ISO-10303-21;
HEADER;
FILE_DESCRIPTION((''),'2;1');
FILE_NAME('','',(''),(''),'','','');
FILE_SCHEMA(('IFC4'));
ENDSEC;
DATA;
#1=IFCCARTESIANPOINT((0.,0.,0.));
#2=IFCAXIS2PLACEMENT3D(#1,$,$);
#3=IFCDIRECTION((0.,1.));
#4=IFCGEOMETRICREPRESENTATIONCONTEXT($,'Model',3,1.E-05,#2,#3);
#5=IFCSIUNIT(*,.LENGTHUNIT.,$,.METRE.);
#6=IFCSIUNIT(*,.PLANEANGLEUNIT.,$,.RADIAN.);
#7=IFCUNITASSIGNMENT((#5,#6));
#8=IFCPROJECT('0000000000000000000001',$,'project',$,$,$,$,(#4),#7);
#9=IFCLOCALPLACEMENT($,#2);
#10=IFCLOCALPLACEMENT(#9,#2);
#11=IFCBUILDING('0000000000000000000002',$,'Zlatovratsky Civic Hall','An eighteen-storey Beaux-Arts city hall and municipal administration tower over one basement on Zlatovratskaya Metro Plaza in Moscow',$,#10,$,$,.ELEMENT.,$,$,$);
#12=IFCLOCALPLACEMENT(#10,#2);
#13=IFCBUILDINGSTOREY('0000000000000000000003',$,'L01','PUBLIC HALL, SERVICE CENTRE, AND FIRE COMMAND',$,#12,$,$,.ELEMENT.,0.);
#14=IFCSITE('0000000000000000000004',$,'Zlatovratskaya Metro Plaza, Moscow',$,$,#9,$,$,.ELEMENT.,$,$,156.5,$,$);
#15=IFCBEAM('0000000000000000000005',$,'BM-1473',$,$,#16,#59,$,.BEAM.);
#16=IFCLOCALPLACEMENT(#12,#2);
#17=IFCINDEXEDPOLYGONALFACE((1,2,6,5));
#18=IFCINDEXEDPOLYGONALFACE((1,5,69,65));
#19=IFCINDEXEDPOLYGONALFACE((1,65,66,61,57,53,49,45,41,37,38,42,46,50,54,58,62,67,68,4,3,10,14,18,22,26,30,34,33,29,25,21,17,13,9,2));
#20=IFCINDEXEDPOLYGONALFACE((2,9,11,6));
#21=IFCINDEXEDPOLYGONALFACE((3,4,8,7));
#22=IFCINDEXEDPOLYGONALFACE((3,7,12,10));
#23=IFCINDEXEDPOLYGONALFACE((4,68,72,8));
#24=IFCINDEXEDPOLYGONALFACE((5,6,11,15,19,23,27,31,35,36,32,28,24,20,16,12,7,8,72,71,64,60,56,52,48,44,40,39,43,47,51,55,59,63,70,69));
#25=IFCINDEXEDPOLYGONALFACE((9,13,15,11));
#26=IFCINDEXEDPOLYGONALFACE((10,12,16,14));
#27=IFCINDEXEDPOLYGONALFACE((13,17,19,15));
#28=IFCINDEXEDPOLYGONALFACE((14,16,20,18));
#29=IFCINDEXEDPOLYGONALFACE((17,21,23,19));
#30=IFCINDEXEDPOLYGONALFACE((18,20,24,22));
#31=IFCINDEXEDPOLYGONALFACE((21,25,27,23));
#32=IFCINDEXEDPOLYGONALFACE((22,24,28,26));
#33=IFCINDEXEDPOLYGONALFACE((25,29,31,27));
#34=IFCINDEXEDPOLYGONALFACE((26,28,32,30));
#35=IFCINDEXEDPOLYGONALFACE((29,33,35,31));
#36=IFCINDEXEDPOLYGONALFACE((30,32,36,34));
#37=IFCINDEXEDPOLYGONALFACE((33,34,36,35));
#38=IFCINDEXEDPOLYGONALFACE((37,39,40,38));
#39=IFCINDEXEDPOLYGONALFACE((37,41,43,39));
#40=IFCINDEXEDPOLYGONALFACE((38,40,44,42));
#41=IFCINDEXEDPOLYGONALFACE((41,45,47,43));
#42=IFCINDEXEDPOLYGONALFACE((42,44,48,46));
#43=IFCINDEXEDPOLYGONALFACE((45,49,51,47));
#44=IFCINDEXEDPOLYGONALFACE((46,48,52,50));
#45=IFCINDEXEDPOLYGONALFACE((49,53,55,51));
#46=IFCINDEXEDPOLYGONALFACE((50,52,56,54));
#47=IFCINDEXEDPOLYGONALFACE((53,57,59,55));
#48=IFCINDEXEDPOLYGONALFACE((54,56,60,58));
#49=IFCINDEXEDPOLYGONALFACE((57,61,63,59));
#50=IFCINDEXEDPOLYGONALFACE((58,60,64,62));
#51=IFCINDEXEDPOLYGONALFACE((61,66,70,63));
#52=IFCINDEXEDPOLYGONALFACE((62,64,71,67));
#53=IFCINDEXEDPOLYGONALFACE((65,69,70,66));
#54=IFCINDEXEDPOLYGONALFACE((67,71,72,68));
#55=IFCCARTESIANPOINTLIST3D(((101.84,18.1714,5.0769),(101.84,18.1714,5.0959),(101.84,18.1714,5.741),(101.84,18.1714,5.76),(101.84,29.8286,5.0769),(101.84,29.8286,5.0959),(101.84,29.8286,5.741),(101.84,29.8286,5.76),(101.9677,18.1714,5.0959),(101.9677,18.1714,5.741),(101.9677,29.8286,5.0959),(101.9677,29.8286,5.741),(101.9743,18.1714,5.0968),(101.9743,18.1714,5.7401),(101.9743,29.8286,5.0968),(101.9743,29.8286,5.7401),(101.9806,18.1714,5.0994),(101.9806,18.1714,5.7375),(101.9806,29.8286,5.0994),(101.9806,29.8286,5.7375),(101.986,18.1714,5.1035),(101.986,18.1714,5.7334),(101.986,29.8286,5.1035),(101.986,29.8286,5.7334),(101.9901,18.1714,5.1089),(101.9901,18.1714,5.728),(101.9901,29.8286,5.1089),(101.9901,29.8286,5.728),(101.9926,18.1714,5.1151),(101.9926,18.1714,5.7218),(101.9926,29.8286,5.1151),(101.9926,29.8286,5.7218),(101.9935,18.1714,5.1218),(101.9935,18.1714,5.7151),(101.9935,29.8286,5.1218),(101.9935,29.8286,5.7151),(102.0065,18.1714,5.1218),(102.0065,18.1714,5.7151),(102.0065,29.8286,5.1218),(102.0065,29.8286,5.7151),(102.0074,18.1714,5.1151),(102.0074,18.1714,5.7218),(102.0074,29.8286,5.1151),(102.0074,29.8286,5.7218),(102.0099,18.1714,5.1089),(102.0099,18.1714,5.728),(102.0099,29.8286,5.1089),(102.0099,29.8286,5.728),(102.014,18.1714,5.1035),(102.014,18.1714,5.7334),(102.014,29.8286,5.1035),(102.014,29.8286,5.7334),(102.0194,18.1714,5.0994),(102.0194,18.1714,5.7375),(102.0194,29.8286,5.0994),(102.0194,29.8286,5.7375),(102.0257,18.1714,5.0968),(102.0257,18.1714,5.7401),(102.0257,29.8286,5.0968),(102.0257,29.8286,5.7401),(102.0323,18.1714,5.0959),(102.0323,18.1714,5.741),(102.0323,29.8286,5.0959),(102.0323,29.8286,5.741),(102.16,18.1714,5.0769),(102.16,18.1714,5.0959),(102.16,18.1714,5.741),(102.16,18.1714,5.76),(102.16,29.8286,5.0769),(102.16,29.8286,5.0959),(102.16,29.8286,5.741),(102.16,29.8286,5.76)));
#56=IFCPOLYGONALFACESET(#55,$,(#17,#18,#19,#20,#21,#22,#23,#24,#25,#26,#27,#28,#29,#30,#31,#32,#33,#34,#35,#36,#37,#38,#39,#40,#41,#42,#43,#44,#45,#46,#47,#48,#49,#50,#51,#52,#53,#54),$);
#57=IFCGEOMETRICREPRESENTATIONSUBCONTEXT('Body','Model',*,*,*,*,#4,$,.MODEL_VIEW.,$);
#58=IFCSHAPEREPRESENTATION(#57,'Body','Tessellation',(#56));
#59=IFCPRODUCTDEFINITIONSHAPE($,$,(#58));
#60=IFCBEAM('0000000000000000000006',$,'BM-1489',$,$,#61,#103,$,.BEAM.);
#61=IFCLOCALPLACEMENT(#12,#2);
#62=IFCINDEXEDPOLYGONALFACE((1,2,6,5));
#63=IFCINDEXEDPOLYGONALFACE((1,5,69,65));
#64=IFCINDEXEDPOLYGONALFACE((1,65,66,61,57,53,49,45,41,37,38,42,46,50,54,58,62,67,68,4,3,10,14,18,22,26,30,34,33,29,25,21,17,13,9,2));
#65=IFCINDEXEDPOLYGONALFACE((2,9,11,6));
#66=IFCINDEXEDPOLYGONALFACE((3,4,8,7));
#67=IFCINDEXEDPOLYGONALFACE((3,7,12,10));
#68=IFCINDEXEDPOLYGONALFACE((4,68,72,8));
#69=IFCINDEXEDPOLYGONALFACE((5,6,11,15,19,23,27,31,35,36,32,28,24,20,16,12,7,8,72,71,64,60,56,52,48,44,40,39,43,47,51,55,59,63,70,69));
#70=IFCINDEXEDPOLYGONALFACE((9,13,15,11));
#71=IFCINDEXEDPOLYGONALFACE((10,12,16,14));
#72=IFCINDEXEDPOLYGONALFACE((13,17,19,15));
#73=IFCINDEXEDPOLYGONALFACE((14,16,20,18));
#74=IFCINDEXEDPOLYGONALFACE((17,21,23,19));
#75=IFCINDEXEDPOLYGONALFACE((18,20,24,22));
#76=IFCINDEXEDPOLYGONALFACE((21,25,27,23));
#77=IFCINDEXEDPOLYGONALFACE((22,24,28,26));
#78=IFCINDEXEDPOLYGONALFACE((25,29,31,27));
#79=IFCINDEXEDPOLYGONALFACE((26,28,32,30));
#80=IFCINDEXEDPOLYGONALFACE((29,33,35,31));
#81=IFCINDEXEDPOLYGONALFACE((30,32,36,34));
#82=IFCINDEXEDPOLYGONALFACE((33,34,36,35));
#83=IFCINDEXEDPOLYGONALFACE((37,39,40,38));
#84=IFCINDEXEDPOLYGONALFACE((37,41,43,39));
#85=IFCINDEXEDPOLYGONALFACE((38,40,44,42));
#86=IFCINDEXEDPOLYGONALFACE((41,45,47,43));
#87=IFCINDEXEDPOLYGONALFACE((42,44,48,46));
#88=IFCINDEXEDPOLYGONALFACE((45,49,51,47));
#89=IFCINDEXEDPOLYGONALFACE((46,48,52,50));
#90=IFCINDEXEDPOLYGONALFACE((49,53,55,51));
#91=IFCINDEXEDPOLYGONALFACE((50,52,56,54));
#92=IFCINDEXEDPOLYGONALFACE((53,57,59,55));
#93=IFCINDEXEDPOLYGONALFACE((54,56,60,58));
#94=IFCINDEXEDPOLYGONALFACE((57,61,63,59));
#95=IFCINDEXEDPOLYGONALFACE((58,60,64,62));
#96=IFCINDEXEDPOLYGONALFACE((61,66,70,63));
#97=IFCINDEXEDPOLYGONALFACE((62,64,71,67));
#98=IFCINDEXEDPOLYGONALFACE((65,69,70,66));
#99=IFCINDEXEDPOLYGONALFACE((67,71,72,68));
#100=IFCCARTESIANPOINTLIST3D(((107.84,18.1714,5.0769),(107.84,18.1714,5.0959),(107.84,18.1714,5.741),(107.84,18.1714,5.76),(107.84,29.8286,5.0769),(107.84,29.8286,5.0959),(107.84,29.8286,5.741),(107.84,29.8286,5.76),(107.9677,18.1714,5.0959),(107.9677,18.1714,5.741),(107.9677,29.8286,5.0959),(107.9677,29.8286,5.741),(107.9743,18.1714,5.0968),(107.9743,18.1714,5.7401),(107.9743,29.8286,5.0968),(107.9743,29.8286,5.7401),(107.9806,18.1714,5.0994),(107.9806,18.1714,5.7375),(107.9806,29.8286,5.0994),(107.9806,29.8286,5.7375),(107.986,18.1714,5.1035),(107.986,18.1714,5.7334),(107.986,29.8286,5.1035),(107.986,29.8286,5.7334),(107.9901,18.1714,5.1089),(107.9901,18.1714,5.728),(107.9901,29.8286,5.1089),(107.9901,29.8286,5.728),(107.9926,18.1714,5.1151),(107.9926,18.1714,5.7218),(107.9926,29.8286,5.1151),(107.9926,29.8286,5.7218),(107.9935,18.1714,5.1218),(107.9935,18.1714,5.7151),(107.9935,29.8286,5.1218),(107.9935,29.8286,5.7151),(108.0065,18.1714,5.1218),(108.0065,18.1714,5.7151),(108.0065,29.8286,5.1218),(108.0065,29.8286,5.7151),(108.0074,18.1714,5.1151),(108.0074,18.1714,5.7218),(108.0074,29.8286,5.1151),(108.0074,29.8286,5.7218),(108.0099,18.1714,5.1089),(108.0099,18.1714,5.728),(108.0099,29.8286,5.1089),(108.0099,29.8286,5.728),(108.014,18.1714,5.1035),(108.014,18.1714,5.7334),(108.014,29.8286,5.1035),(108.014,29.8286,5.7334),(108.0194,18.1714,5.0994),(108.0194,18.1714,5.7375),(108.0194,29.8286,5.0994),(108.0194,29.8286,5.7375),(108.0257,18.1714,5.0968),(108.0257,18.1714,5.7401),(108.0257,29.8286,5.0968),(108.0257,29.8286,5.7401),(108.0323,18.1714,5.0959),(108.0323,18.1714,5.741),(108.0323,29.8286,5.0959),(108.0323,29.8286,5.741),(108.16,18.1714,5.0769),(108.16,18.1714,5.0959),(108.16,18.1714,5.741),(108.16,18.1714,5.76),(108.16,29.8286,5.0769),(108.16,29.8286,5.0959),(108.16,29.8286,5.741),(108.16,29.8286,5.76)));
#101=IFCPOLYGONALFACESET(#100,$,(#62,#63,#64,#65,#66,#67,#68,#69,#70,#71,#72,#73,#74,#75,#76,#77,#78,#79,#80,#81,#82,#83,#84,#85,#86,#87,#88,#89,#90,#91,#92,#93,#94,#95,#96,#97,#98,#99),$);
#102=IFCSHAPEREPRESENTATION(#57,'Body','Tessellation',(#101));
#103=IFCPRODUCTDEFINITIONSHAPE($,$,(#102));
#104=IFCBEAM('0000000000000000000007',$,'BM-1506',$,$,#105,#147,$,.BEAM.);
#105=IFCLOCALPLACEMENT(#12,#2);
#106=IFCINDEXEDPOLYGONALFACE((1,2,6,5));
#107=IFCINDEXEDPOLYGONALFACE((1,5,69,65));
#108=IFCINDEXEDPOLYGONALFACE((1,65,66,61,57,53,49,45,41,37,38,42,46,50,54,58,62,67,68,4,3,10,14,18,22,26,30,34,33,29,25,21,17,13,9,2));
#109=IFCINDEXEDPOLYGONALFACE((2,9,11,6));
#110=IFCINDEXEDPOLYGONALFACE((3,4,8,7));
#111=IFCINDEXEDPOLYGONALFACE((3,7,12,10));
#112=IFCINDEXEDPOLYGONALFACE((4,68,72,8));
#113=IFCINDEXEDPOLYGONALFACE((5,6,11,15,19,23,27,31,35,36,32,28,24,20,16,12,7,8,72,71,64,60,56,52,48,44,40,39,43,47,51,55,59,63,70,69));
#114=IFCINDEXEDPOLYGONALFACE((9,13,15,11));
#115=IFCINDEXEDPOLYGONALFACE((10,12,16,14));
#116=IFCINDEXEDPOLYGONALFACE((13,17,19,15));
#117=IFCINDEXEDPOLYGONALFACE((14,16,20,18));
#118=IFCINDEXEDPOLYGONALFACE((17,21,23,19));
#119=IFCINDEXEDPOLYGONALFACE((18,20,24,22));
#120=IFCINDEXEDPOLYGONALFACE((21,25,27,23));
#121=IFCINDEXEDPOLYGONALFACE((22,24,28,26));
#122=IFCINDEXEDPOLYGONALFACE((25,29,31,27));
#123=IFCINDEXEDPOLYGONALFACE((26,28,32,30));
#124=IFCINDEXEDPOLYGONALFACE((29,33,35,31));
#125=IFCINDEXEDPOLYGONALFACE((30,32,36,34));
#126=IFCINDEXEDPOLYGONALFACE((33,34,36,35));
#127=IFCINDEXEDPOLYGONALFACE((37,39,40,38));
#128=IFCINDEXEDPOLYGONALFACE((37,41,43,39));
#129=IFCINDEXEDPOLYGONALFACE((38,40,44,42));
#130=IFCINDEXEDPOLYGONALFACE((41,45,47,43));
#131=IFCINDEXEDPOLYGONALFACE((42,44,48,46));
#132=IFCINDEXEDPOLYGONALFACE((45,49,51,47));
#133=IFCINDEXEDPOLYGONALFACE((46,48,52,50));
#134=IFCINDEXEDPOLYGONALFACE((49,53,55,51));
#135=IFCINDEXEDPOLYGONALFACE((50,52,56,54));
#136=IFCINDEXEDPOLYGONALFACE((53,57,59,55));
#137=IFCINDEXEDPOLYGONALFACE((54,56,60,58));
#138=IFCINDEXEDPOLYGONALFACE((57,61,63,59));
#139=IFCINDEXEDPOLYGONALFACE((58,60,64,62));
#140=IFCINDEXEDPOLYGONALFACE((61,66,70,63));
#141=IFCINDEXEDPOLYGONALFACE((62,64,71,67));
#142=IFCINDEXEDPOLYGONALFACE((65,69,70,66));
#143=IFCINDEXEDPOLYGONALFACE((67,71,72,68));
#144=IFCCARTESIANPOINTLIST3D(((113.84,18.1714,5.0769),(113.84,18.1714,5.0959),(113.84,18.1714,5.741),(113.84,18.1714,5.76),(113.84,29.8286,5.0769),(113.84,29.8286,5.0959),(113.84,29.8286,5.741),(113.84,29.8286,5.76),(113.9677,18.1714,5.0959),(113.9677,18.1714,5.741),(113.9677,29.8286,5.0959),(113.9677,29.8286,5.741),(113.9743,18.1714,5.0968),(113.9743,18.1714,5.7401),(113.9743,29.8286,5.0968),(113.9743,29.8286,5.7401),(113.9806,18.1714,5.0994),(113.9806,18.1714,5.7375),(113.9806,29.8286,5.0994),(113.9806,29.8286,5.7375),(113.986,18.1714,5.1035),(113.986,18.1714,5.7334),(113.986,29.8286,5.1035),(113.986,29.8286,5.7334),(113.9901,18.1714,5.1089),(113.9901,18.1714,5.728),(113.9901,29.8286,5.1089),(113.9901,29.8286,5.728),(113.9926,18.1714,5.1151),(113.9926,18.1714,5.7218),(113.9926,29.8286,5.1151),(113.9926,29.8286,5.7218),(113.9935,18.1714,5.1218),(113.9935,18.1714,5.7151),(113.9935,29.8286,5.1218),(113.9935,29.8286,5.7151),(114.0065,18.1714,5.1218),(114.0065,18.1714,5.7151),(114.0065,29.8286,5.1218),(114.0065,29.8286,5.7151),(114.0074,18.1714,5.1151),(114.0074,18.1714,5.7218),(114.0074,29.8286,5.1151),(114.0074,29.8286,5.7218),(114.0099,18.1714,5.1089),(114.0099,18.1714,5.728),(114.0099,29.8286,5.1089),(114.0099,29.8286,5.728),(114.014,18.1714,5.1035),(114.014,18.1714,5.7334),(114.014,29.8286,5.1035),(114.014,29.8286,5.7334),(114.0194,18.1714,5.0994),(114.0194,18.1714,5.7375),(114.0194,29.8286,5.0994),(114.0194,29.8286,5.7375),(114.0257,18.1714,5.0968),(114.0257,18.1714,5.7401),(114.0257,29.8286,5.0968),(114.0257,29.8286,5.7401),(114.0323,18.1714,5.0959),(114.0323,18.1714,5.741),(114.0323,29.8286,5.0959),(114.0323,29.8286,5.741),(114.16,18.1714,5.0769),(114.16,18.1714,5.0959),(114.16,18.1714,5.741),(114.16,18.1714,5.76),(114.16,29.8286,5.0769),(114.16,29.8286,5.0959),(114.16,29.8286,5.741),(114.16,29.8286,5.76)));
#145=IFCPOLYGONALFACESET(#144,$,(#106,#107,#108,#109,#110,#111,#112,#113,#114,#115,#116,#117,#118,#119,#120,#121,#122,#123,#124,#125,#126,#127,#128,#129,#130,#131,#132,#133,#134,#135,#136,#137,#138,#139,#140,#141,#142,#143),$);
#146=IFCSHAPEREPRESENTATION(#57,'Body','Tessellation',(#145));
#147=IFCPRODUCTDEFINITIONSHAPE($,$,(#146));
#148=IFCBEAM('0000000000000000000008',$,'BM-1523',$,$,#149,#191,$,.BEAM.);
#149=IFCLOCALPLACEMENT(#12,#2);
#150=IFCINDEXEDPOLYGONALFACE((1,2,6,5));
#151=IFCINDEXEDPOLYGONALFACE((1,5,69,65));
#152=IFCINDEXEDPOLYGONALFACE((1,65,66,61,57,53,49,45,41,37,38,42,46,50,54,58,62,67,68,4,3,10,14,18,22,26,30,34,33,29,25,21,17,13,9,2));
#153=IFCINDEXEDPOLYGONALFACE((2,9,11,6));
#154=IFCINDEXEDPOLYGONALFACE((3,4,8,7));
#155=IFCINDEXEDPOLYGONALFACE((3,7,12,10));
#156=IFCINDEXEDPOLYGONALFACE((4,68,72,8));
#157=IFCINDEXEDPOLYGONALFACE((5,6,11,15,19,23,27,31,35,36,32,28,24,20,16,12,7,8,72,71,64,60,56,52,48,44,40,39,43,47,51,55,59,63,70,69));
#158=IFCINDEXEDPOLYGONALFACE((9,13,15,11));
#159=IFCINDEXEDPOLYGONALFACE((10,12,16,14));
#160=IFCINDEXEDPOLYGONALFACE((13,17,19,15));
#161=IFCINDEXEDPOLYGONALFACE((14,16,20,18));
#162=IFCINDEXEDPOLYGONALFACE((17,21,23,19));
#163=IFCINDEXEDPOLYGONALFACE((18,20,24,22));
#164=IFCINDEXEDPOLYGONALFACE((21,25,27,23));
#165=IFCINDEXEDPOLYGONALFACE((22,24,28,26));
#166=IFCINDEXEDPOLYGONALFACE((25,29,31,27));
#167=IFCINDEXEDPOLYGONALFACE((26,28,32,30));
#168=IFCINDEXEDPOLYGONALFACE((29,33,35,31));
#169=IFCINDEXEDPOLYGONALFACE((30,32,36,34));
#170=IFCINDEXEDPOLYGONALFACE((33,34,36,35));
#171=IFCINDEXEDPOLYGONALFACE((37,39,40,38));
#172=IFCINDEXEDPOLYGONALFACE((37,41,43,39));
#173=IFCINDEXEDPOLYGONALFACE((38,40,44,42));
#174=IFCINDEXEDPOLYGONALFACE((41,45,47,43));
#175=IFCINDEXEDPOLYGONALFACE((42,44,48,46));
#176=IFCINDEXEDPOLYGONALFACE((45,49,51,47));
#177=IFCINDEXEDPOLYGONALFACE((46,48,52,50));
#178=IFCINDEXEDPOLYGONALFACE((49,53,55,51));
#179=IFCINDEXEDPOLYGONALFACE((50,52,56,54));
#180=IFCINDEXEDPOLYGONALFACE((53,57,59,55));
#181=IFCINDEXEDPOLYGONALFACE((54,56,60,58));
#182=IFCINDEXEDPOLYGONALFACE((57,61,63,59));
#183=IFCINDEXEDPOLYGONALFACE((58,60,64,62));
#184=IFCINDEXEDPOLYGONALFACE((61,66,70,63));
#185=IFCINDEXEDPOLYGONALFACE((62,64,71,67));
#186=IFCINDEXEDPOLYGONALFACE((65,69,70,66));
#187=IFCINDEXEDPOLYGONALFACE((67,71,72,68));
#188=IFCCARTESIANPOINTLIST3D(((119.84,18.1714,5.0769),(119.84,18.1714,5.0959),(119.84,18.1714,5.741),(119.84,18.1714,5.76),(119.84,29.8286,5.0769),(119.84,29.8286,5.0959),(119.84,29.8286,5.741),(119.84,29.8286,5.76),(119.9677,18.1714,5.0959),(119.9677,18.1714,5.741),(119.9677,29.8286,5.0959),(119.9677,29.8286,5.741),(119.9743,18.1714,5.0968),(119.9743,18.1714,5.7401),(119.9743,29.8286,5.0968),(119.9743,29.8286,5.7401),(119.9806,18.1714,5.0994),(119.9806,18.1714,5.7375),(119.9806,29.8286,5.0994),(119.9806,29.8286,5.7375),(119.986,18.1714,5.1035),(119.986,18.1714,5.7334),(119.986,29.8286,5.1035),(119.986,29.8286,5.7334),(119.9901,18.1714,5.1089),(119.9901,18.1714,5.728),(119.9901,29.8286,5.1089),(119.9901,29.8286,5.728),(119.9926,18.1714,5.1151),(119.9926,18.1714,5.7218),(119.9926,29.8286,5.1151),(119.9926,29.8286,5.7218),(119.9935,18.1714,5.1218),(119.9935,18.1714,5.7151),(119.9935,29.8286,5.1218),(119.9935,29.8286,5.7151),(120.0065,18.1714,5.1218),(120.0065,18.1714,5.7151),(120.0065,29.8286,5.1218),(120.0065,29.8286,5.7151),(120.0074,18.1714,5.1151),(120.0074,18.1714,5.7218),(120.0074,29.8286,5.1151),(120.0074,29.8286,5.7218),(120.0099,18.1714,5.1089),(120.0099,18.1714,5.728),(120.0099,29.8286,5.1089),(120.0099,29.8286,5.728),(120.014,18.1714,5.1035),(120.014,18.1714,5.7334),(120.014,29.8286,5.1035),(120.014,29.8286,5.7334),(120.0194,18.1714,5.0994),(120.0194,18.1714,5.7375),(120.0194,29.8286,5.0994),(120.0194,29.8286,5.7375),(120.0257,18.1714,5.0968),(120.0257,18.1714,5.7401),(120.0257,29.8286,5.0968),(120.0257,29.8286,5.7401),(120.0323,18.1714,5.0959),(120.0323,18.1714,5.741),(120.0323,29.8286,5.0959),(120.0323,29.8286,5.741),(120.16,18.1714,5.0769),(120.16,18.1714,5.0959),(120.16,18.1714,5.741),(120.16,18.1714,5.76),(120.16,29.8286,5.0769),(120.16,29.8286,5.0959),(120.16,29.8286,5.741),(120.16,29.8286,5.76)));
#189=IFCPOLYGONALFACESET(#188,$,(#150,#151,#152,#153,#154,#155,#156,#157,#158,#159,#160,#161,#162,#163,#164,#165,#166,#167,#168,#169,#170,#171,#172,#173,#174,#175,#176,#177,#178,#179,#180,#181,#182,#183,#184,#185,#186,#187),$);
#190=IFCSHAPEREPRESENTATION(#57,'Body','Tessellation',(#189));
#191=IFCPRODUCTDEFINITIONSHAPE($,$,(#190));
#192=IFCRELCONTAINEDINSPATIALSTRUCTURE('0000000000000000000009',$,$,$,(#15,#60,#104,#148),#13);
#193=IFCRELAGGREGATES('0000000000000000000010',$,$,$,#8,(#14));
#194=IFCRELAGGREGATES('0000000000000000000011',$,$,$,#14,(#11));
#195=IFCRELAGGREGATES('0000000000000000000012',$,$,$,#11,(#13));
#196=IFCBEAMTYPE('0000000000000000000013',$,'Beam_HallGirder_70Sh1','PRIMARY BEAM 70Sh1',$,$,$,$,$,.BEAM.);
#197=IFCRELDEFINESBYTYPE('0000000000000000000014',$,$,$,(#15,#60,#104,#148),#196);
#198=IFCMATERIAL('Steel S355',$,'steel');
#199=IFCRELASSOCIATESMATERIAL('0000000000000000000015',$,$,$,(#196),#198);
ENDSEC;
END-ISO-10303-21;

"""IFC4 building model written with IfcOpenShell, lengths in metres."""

from ifc_helpers import new_model, si_unit, direction, frame, origin, origin_2d, place, context, subcontext, project, spatial, i_section, extrude, material, material_profile, profile_set, type_object, element, save


model = new_model("IFC4")

# Units and contexts
model_context = context("Model", 3, precision=1e-05, world=origin(), true_north=direction((0.0, 1.0)))
body_context = subcontext(model_context, "Body", "Model", "MODEL_VIEW")
ifc_project = project(units=[si_unit("LENGTHUNIT", "METRE"), si_unit("PLANEANGLEUNIT", "RADIAN")], contexts=[model_context])

# Site, building, storey
site_placement = place(None, origin())
site = spatial("IfcSite", under=ifc_project, at=site_placement, Name="Zlatovratskaya Metro Plaza, Moscow", CompositionType="ELEMENT", RefElevation=156.5)
building_placement = place(site_placement, origin())
building = spatial("IfcBuilding", under=site, at=building_placement, Name="Zlatovratsky Civic Hall", Description="An eighteen-storey Beaux-Arts city hall and municipal administration tower over one basement on Zlatovratskaya Metro Plaza in Moscow", CompositionType="ELEMENT")
storey_placement = place(building_placement, origin())
storey = spatial("IfcBuildingStorey", under=building, at=storey_placement, Name="L01", Description="PUBLIC HALL, SERVICE CENTRE, AND FIRE COMMAND", CompositionType="ELEMENT", Elevation=0.0)

# Shared definitions
ifc_material_1 = material(Name="Steel S355", Category="steel")

# Beams
ifc_material_profile_1 = material_profile(ifc_material_1, i_section(OverallWidth=0.3201, OverallDepth=0.6831, WebThickness=0.0129, FlangeThickness=0.019, FilletRadius=0.0259, at=origin_2d()), Name="70Sh1")
ifc_profile_set_1 = profile_set([ifc_material_profile_1], Name="Steel S355")
beam_type_1 = type_object("IfcBeamType", Name="Beam_HallGirder_70Sh1", Description="PRIMARY BEAM 70Sh1", PredefinedType="BEAM", material=ifc_profile_set_1)
for number, where, z_axis, x_axis, name in (
    (1, (102.0, 18.1714, 5.4185), (0.0, 1.0, 0.0), (-1.0, 0.0, 0.0), "BM-1473"),
    (2, (108.0, 18.1714, 5.4185), (0.0, 1.0, 0.0), (-1.0, 0.0, 0.0), "BM-1489"),
    (3, (114.0, 18.1714, 5.4185), (0.0, 1.0, 0.0), (-1.0, 0.0, 0.0), "BM-1506"),
    (4, (120.0, 18.1714, 5.4185), (0.0, 1.0, 0.0), (-1.0, 0.0, 0.0), "BM-1523"),
):
    element("IfcBeam", number, at=place(storey_placement, frame(where, z_axis=z_axis, x_axis=x_axis)), inside=storey, type_object=beam_type_1, Name=name, PredefinedType="BEAM", context=body_context, shape_type="SweptSolid", body=[
        extrude(i_section(OverallWidth=0.3201, OverallDepth=0.6831, WebThickness=0.0129, FlangeThickness=0.019, FilletRadius=0.0259, at=origin_2d()), origin(), (0.0, 0.0, 1.0), 11.6572),
    ])

save(model, "model.ifc")
